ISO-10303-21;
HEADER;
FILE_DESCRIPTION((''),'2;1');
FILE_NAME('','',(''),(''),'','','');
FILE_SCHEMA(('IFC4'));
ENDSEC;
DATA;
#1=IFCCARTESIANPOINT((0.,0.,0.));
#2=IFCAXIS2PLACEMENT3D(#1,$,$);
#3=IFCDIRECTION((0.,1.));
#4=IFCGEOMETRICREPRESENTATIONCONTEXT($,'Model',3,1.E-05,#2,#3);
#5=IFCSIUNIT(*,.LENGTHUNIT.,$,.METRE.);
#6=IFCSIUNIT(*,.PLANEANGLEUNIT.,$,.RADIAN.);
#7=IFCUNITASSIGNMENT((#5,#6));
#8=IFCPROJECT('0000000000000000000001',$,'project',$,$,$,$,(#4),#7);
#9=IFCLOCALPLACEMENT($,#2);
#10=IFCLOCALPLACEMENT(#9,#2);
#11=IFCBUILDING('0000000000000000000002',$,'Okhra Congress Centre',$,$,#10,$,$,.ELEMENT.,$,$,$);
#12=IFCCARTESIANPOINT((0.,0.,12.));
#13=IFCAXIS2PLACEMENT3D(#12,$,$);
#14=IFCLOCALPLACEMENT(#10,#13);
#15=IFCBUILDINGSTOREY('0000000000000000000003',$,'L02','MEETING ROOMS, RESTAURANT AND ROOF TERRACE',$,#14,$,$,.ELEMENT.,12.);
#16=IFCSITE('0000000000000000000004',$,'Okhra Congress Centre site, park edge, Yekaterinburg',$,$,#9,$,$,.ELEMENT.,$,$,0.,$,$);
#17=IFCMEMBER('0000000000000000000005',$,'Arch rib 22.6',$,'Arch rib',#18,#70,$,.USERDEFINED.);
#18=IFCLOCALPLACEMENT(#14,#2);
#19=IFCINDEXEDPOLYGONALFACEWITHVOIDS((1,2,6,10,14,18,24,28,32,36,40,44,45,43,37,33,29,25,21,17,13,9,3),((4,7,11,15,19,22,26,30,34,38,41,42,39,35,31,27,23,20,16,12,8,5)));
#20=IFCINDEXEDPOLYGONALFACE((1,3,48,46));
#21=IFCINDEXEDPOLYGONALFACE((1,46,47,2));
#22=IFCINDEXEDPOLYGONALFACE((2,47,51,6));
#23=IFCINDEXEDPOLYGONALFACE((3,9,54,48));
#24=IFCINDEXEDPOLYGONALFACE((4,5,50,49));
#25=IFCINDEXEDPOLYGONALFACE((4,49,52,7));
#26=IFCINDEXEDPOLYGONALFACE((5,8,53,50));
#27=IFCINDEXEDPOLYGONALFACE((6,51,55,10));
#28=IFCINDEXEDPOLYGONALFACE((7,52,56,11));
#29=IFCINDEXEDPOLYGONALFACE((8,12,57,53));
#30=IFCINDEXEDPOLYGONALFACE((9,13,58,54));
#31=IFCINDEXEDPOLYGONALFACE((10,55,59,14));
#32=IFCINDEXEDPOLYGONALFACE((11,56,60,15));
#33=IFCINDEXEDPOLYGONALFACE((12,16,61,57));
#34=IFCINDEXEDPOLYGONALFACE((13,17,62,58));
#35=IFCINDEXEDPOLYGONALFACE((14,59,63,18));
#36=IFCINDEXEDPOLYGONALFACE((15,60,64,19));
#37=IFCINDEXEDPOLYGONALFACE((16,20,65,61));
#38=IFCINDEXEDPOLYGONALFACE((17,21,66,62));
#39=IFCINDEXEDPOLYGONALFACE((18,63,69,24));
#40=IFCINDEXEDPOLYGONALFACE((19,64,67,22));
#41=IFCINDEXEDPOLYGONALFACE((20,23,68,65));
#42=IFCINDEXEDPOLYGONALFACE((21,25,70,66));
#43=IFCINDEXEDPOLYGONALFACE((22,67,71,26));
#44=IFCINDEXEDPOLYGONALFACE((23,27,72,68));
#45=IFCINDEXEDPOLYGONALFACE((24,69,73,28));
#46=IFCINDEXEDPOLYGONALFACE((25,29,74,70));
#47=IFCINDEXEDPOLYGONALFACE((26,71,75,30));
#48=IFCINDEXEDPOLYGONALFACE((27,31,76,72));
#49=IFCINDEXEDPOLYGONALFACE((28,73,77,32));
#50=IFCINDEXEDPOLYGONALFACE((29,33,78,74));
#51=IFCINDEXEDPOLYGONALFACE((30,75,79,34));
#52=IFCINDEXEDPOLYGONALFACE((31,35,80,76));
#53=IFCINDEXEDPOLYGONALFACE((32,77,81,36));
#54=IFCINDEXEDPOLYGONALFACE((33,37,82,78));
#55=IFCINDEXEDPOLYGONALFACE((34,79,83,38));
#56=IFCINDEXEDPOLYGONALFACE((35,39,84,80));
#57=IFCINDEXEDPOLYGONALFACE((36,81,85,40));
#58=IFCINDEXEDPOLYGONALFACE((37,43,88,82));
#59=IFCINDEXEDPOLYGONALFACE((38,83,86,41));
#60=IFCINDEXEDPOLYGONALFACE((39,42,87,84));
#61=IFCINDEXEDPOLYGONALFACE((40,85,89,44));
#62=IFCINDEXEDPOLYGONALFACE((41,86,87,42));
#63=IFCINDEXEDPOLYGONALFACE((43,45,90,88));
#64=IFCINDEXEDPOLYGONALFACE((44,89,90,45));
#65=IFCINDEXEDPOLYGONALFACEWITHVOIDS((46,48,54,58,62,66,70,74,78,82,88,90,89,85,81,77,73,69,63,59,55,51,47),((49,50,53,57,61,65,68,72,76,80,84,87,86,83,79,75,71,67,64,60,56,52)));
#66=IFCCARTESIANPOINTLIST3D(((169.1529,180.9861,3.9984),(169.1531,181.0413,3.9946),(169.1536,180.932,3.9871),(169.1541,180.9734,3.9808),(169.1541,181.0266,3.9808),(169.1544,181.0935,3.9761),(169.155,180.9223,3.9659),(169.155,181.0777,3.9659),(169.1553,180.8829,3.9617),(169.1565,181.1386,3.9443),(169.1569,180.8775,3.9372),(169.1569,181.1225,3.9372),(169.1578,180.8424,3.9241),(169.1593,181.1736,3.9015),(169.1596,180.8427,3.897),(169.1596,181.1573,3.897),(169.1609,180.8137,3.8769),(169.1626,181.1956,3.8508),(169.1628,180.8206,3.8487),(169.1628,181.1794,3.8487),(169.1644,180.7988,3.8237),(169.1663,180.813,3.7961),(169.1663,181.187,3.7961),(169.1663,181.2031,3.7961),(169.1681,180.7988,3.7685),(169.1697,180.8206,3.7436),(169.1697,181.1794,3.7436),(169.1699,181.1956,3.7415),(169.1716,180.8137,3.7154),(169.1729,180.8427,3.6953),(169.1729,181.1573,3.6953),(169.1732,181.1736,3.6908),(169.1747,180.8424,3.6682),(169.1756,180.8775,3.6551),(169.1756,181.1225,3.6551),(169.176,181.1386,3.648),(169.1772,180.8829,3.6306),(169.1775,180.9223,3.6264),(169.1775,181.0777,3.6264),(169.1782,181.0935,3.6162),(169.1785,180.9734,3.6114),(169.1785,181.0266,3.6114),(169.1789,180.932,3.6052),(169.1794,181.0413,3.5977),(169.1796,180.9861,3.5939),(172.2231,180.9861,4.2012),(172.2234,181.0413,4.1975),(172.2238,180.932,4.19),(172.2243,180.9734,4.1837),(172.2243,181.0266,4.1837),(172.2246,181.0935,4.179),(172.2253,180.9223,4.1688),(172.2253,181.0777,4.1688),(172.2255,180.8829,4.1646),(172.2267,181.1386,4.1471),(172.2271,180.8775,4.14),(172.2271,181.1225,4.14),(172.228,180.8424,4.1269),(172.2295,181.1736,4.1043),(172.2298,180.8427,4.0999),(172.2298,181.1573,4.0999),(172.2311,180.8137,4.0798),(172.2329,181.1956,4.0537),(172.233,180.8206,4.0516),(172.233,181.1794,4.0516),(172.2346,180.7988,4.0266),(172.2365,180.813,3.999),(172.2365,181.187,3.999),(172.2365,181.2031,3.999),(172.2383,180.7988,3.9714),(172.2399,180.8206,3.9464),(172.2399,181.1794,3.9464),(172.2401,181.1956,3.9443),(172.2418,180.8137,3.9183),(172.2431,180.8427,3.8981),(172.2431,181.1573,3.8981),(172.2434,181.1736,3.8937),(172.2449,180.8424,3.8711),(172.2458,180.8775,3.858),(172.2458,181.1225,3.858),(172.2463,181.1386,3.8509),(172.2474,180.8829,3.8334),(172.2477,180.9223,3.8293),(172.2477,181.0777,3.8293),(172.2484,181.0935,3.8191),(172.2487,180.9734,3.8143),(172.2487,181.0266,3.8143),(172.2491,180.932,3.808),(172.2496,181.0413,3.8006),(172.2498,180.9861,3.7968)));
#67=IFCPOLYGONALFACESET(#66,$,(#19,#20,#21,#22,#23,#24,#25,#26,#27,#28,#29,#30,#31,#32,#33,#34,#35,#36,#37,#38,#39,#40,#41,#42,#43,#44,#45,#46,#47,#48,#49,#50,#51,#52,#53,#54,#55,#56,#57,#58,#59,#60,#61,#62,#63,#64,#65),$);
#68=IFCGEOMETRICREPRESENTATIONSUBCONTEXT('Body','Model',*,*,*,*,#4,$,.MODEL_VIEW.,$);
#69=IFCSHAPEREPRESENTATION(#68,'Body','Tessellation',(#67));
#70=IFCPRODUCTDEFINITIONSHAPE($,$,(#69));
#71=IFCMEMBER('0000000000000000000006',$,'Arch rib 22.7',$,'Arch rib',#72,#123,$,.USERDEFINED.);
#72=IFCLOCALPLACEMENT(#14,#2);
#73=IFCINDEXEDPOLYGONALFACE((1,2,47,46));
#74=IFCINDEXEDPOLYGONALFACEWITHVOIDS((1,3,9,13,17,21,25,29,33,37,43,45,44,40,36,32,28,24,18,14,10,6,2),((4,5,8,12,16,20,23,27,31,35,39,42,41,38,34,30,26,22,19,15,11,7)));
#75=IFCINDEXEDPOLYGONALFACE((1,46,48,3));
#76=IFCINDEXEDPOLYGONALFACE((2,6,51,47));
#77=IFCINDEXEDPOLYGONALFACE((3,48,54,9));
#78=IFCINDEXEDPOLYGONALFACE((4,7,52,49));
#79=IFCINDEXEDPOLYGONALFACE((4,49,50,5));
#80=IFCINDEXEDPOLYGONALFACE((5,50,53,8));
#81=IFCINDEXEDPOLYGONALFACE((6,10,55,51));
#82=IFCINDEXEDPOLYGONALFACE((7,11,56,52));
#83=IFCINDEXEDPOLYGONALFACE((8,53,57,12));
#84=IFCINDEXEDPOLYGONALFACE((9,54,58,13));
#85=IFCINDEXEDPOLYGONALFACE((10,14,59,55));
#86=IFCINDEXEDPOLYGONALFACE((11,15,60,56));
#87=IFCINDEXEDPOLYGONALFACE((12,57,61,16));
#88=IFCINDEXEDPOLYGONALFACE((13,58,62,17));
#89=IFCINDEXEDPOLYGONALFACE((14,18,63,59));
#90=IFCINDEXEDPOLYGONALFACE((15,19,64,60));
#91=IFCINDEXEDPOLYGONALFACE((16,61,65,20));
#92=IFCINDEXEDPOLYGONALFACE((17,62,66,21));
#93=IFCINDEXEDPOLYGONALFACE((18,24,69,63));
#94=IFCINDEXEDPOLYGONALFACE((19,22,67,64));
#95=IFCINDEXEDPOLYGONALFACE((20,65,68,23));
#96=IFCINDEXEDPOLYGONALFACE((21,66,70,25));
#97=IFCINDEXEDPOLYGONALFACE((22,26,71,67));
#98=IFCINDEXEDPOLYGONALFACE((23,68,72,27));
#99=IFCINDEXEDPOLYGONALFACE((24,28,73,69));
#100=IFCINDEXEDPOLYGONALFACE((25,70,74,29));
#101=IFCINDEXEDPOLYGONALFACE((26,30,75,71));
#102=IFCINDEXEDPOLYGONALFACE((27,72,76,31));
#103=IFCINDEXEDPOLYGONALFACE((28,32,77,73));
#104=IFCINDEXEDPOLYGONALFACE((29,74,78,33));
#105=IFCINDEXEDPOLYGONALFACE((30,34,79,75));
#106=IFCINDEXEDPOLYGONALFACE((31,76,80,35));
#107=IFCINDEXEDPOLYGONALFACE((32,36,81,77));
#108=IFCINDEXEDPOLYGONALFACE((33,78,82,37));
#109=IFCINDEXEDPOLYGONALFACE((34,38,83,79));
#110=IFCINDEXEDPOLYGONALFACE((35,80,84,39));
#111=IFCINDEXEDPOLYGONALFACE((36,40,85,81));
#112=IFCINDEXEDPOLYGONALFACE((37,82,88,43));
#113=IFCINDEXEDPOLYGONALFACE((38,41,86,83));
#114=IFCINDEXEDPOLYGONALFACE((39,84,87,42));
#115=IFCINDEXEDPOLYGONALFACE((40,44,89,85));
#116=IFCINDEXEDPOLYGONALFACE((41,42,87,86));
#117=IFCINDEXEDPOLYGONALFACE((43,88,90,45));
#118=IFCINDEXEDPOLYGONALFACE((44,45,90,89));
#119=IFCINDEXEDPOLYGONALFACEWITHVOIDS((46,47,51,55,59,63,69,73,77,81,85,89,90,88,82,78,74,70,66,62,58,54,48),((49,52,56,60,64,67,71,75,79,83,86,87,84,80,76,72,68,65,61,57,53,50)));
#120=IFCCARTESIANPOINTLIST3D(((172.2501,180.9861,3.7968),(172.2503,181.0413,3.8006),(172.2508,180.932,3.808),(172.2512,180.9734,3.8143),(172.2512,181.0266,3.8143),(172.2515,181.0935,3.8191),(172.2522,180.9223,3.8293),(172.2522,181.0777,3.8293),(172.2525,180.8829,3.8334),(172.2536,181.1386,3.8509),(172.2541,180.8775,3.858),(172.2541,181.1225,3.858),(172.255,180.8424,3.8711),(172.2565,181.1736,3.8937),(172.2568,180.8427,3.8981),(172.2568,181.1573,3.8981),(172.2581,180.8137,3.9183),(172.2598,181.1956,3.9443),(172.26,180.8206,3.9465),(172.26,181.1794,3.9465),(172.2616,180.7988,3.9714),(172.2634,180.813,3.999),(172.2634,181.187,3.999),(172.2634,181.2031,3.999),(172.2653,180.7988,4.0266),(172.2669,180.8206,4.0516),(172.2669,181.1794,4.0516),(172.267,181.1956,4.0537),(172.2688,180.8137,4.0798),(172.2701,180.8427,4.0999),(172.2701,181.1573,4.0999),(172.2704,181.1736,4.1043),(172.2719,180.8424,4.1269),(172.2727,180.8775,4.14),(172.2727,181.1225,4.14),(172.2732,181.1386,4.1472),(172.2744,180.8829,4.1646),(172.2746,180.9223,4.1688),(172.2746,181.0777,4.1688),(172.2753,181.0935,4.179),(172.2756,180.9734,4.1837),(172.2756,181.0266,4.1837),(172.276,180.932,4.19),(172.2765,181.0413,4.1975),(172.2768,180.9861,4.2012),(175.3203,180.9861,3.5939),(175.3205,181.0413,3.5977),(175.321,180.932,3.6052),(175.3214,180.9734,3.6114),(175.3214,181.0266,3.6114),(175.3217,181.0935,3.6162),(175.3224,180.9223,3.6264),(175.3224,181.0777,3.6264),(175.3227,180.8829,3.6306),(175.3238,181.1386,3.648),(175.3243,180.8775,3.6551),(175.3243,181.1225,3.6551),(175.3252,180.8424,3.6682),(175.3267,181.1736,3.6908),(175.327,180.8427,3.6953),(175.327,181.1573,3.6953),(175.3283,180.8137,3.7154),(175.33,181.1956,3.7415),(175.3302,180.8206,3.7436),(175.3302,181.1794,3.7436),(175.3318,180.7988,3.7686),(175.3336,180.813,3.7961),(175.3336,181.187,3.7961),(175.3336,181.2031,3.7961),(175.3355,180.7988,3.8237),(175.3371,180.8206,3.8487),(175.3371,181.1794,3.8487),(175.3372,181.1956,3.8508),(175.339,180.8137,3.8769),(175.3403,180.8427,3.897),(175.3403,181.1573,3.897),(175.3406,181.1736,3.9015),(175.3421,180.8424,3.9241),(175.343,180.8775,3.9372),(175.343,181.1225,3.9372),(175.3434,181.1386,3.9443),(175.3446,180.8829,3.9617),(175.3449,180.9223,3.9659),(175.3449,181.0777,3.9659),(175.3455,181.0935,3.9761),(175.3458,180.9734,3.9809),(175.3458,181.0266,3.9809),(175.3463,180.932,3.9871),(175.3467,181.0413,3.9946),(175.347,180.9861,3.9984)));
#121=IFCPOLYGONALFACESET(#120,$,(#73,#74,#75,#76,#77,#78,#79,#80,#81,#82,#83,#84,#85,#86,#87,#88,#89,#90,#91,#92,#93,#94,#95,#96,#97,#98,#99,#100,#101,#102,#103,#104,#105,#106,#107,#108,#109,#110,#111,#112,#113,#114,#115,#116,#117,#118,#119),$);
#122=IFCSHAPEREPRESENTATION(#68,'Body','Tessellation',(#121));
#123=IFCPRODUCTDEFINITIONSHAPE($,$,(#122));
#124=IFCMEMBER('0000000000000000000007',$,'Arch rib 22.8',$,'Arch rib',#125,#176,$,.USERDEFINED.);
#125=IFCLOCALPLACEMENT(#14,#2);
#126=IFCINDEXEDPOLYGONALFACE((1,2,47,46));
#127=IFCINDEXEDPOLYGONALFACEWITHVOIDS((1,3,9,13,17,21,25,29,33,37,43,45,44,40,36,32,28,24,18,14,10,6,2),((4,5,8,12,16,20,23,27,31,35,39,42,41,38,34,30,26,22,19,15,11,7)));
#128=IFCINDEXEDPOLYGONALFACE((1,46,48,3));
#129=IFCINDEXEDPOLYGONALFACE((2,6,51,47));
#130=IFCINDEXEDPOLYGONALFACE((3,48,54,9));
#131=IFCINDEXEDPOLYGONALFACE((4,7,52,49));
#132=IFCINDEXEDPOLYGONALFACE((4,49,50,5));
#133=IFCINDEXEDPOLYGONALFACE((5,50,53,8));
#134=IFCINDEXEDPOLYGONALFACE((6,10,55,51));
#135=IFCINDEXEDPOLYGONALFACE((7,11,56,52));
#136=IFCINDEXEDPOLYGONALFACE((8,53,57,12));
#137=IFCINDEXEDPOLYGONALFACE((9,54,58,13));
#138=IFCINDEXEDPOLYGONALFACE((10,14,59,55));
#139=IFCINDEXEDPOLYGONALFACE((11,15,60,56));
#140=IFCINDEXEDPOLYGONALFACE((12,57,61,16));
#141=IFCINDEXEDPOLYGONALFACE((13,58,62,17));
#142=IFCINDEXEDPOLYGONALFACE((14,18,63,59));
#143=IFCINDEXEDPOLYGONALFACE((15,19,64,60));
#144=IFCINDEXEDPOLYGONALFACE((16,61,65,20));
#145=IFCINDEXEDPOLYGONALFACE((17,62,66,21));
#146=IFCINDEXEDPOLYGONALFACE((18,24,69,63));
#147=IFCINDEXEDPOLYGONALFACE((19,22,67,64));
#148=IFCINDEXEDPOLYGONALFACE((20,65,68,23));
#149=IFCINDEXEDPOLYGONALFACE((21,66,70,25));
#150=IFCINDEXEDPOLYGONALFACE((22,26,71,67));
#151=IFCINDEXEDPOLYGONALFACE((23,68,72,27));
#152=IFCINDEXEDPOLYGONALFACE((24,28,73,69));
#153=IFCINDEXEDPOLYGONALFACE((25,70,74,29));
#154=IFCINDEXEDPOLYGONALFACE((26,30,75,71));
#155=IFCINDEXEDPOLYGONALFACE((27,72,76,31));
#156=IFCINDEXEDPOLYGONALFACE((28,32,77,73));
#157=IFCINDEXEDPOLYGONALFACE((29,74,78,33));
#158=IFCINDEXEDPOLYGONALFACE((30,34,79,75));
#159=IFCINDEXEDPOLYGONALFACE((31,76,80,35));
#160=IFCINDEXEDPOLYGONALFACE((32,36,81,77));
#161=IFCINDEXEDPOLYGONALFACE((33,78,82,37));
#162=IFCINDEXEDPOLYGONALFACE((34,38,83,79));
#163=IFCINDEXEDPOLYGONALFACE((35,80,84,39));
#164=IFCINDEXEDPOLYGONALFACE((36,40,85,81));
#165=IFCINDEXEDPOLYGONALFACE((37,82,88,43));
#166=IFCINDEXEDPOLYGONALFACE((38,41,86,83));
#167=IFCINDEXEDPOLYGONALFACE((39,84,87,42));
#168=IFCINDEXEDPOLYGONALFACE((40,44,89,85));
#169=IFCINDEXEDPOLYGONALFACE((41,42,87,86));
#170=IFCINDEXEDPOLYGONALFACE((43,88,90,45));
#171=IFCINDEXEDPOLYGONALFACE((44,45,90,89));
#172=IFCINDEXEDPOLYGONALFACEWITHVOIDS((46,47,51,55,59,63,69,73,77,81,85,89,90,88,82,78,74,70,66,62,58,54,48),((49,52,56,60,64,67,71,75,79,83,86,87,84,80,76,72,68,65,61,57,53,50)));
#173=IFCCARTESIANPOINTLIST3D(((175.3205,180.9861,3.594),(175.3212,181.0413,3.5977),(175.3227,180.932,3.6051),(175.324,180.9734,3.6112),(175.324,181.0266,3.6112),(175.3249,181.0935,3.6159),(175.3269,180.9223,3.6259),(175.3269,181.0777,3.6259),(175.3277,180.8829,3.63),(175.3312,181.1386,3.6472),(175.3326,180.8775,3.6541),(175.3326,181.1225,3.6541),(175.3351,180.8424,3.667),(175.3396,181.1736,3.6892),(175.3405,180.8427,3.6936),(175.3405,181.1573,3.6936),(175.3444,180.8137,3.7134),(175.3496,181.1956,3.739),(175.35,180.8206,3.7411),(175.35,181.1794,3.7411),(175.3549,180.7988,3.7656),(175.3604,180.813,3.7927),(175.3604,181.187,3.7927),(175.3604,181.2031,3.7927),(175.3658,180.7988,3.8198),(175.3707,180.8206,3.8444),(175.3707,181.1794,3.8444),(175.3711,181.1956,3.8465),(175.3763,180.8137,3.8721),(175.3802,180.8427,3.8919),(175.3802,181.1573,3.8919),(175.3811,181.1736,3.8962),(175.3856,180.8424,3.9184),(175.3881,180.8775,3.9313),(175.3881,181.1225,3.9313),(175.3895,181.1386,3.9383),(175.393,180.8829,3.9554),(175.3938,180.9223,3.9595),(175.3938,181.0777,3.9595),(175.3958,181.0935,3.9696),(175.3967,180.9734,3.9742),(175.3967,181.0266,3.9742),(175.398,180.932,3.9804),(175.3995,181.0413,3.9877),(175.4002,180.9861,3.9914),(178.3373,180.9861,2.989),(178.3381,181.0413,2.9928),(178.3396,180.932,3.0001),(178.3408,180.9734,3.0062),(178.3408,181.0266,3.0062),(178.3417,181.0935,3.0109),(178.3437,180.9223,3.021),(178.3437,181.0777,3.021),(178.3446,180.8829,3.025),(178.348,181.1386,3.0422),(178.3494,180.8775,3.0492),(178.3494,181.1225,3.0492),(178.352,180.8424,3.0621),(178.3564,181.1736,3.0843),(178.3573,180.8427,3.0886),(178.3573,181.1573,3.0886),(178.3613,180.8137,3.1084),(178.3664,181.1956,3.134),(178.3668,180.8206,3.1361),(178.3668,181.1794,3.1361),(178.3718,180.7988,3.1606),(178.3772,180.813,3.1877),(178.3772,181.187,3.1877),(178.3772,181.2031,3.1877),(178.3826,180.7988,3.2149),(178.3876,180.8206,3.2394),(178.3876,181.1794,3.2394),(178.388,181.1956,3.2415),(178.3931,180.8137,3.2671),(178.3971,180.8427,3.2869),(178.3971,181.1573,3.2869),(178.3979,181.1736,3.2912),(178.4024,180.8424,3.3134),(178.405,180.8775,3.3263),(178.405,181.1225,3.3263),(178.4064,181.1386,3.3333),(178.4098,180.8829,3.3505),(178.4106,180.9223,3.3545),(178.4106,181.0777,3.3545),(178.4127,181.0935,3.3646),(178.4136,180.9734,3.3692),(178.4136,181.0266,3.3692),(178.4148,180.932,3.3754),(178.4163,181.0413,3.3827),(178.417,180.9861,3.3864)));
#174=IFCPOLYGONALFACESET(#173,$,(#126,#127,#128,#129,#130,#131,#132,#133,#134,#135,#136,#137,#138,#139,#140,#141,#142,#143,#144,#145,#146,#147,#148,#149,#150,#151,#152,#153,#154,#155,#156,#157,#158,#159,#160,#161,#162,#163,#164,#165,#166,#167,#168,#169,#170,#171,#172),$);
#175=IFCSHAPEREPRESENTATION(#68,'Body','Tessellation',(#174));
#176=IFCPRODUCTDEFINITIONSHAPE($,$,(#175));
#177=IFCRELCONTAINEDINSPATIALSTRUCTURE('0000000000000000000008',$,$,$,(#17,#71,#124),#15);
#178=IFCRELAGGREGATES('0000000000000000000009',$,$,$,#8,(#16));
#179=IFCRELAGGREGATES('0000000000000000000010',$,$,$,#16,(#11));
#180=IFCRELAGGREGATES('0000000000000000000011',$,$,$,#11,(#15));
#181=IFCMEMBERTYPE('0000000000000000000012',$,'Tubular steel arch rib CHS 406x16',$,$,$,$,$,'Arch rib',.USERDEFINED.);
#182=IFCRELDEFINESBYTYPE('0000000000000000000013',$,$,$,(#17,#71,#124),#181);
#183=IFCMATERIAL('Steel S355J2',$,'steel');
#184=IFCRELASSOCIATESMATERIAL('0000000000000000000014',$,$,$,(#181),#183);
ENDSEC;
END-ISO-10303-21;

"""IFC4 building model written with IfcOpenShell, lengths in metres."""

from ifc_helpers import new_model, si_unit, direction, frame, origin, origin_2d, place, context, subcontext, project, spatial, hollow_circle, extrude, material, material_profile, profile_set, type_object, element, save


model = new_model("IFC4")

# Units and contexts
model_context = context("Model", 3, precision=1e-05, world=origin(), true_north=direction((0.0, 1.0)))
body_context = subcontext(model_context, "Body", "Model", "MODEL_VIEW")
ifc_project = project(units=[si_unit("LENGTHUNIT", "METRE"), si_unit("PLANEANGLEUNIT", "RADIAN")], contexts=[model_context])

# Site, building, storey
site_placement = place(None, origin())
site = spatial("IfcSite", under=ifc_project, at=site_placement, Name="Okhra Congress Centre site, park edge, Yekaterinburg", CompositionType="ELEMENT", RefElevation=0.0)
building_placement = place(site_placement, origin())
building = spatial("IfcBuilding", under=site, at=building_placement, Name="Okhra Congress Centre", CompositionType="ELEMENT")
storey_placement = place(building_placement, frame((0.0, 0.0, 12.0)))
storey = spatial("IfcBuildingStorey", under=building, at=storey_placement, Name="L02", Description="MEETING ROOMS, RESTAURANT AND ROOF TERRACE", CompositionType="ELEMENT", Elevation=12.0)

# Members
ifc_material_1 = material(Name="Steel S355J2", Category="steel")
ifc_material_profile_1 = material_profile(ifc_material_1, hollow_circle(Radius=0.2031, WallThickness=0.0161, at=origin_2d()), Name="CHS 406.4x16")
ifc_profile_set_1 = profile_set([ifc_material_profile_1], Name="Steel S355J2")
member_type_1 = type_object("IfcMemberType", Name="Tubular steel arch rib CHS 406x16", ElementType="Arch rib", PredefinedType="USERDEFINED", material=ifc_profile_set_1)
for number, where, z_axis, x_axis, name in (
    (1, (169.1663, 181.0, 3.7961), (0.997824, 0.0, 0.065934), (0.0, 1.0, 0.0), "Arch rib 22.6"),
    (2, (172.2634, 181.0, 3.999), (0.997824, 0.0, -0.065934), (0.0, 1.0, 0.0), "Arch rib 22.7"),
    (3, (175.3604, 181.0, 3.7927), (0.98048, 0.0, -0.19662), (0.0, 1.0, 0.0), "Arch rib 22.8"),
):
    element("IfcMember", number, at=place(storey_placement, frame(where, z_axis=z_axis, x_axis=x_axis)), inside=storey, type_object=member_type_1, Name=name, ObjectType="Arch rib", PredefinedType="USERDEFINED", context=body_context, shape_type="SweptSolid", body=[
        extrude(hollow_circle(Radius=0.2031, WallThickness=0.0161, at=origin_2d()), origin(), (0.0, 0.0, 1.0), 3.0769),
    ])

save(model, "model.ifc")
